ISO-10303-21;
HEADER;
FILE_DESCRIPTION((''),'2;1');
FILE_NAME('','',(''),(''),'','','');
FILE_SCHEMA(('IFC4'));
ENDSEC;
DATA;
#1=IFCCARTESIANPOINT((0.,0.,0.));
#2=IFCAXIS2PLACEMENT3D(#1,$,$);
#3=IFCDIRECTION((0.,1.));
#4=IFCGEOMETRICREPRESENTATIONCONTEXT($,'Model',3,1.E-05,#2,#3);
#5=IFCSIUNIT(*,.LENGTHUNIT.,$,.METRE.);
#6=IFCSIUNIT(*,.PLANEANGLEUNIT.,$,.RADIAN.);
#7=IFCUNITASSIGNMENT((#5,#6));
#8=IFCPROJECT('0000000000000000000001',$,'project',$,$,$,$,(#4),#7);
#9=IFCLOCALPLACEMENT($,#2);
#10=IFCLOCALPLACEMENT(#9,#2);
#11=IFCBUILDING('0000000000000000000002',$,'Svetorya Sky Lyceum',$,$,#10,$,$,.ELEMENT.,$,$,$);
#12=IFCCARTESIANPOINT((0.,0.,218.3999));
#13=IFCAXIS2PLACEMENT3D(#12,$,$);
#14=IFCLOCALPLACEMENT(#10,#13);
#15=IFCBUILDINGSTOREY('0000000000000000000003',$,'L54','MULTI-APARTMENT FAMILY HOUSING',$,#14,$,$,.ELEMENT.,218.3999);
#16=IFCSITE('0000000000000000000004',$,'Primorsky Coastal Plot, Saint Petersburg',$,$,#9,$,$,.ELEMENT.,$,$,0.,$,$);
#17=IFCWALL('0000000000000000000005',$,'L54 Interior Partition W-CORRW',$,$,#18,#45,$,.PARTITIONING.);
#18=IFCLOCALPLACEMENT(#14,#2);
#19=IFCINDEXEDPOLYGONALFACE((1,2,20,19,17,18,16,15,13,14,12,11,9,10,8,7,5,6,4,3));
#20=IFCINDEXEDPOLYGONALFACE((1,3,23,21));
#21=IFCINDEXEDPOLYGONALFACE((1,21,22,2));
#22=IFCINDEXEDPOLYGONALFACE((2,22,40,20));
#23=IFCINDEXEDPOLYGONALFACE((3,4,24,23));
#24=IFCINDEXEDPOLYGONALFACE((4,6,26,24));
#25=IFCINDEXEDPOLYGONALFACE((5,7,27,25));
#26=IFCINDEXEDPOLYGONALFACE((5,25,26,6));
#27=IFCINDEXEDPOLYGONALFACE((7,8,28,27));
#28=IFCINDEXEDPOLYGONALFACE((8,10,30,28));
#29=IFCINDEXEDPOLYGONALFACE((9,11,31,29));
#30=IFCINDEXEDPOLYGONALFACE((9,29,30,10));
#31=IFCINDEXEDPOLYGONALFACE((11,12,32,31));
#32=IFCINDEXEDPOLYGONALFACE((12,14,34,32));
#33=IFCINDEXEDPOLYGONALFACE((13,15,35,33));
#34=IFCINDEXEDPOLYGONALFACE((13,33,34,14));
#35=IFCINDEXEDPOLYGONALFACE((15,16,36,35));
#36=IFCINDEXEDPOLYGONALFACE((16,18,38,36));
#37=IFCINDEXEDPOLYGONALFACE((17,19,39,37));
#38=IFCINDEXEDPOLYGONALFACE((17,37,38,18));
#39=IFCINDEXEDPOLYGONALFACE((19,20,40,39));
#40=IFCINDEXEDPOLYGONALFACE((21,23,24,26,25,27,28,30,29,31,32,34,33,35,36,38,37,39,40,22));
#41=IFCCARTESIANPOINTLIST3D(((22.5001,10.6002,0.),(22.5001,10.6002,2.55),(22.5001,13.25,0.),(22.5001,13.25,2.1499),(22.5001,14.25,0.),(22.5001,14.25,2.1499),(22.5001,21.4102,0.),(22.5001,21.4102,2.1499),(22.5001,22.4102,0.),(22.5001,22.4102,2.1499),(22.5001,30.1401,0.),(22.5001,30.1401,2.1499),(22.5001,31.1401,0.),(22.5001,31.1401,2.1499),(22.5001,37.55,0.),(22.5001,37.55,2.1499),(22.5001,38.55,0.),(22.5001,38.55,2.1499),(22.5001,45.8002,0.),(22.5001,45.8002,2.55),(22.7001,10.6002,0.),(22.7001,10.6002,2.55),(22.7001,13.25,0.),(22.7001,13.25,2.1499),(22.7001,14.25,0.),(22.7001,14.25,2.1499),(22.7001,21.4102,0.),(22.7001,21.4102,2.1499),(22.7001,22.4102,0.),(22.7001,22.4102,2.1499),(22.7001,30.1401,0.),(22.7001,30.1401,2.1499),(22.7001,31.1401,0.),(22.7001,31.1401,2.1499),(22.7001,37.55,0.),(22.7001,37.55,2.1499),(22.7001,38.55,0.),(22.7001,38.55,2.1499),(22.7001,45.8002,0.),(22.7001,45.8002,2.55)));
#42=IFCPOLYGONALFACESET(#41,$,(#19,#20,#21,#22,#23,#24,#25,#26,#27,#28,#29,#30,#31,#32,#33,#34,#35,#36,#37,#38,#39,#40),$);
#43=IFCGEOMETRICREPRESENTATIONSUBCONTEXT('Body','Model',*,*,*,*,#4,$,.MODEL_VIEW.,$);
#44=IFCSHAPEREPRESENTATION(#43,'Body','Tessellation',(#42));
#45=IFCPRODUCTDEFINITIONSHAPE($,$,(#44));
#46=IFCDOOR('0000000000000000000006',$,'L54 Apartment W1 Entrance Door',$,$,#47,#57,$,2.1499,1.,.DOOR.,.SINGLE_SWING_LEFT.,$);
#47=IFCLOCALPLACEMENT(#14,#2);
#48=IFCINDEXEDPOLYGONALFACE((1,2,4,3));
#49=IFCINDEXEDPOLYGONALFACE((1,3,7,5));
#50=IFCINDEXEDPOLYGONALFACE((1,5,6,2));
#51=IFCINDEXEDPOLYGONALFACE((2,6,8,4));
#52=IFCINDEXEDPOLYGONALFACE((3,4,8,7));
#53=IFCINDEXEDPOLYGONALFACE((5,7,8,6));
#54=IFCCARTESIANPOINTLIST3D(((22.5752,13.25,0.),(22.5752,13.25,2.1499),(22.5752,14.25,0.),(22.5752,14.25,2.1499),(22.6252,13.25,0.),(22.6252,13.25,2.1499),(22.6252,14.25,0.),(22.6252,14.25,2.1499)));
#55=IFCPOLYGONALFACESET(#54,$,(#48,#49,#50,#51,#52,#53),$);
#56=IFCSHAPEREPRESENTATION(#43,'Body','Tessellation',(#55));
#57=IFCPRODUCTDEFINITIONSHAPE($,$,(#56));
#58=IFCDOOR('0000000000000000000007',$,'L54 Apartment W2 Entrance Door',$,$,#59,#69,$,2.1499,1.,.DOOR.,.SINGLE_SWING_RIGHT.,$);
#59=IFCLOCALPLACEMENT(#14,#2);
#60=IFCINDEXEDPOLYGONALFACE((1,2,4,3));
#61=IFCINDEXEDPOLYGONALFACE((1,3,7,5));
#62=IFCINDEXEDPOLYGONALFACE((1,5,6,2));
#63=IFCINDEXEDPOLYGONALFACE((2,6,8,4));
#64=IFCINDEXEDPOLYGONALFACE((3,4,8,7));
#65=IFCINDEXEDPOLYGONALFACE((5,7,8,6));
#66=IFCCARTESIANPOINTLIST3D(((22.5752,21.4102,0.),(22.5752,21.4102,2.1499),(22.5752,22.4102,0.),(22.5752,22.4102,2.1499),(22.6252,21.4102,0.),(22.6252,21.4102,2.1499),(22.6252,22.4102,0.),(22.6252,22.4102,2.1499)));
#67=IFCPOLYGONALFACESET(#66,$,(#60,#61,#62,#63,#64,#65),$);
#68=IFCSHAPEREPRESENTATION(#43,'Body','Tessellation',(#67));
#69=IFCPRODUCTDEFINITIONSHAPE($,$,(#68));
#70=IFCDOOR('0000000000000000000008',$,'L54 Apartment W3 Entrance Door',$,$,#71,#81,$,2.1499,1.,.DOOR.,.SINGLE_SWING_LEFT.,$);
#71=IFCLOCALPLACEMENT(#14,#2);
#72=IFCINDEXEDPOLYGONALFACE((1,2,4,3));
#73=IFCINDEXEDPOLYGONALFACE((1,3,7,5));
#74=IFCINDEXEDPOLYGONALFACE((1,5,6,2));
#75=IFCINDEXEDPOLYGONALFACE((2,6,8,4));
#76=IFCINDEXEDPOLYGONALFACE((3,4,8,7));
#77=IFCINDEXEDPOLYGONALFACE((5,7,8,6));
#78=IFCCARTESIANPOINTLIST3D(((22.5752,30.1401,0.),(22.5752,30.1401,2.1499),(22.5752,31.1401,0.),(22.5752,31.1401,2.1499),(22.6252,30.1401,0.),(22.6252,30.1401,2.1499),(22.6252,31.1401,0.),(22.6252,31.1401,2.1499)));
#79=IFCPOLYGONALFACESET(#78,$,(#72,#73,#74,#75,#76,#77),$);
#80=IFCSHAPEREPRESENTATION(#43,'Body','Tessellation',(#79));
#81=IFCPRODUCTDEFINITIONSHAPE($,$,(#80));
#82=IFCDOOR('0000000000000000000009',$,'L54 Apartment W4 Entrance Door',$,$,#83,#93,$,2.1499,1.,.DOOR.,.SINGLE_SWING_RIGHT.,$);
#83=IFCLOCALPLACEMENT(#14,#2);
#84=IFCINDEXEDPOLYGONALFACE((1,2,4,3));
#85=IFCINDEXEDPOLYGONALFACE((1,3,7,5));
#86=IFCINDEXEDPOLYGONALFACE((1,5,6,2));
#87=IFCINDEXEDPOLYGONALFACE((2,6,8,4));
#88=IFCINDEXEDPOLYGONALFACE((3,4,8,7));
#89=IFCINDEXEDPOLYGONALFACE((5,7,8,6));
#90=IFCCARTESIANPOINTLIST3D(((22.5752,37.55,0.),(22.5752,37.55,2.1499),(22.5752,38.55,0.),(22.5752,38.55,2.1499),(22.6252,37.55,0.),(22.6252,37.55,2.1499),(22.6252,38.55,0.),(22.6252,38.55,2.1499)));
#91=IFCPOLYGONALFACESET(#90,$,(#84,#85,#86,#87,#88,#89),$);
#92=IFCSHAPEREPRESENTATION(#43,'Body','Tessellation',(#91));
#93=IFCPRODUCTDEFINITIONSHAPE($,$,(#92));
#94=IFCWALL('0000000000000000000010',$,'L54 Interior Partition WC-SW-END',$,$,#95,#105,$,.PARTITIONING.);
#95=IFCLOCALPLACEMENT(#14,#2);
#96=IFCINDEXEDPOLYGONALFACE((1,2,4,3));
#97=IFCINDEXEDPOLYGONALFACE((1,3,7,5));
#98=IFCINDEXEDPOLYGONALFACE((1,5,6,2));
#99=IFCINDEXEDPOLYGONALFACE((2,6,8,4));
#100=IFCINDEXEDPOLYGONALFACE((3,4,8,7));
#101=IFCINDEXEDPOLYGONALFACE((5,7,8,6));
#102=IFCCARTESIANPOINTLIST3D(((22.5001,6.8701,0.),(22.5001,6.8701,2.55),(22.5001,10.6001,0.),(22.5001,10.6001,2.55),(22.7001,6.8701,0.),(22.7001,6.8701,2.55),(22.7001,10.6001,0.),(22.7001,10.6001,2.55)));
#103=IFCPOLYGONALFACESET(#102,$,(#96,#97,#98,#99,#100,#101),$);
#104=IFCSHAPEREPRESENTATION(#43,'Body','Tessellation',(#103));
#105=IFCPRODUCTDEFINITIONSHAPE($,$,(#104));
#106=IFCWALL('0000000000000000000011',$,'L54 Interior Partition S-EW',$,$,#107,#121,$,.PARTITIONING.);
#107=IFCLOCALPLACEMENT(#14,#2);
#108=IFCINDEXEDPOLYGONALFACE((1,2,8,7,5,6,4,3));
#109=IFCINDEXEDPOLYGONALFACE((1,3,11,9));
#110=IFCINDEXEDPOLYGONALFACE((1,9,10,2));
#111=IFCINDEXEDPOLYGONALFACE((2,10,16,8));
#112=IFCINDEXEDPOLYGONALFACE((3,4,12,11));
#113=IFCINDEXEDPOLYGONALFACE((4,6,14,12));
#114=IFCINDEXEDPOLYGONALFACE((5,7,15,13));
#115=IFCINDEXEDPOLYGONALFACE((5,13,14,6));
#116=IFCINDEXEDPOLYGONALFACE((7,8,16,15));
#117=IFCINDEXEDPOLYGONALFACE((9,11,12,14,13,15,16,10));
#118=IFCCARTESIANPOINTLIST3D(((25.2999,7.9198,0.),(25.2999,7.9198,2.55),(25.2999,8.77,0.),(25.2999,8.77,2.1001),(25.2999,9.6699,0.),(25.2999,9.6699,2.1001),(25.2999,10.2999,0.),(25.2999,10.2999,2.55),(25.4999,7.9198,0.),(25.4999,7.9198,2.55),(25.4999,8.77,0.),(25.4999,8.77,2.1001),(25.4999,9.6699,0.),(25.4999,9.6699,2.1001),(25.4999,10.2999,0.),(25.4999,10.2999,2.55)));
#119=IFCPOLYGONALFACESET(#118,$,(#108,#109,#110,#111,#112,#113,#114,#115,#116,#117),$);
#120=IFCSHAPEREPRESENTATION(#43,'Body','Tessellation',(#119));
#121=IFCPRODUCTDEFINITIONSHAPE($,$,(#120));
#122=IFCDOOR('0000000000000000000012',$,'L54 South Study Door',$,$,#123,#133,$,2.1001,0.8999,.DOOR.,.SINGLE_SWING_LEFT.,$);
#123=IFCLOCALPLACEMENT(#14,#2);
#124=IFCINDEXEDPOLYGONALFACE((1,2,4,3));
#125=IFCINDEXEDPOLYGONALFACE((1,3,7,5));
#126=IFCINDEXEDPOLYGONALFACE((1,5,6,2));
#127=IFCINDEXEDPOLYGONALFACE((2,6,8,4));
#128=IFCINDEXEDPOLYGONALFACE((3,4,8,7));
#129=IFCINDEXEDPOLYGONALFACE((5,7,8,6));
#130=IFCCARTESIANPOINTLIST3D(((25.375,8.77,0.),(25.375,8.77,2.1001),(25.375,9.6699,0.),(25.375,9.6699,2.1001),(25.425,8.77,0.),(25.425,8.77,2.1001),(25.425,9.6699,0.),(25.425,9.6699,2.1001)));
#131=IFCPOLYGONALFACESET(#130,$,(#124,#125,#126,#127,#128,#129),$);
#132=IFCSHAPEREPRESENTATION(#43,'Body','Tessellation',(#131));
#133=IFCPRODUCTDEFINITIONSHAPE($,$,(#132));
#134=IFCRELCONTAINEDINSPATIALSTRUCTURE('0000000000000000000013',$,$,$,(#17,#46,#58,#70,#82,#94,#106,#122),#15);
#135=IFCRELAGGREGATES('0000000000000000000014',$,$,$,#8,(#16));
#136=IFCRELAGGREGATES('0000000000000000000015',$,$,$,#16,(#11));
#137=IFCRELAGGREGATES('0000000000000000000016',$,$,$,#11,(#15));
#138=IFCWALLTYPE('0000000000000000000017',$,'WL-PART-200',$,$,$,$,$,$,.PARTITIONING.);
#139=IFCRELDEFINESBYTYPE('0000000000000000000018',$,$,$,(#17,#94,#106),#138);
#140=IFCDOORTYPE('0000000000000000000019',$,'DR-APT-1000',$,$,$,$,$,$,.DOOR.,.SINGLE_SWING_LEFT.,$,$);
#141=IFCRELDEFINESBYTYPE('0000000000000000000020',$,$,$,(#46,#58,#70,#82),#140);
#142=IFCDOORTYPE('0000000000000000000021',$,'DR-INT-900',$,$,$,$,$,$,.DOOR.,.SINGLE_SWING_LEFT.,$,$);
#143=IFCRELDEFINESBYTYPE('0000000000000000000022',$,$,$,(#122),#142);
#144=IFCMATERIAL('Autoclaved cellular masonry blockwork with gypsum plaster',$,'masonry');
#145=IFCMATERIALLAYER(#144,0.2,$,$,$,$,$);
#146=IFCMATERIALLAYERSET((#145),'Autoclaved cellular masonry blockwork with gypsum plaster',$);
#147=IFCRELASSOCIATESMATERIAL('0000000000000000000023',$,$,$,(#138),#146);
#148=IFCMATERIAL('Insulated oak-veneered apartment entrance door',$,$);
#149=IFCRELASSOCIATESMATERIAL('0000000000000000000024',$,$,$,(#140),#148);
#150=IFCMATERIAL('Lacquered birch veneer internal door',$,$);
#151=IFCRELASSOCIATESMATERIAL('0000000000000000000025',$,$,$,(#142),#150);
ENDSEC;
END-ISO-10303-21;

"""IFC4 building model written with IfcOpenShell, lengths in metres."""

from ifc_helpers import new_model, si_unit, direction, frame, frame_2d, origin, place, context, subcontext, project, spatial, rectangle, extrude, material, layer, layer_set, type_object, element, fill, save


model = new_model("IFC4")

# Units and contexts
model_context = context("Model", 3, precision=1e-05, world=origin(), true_north=direction((0.0, 1.0)))
body_context = subcontext(model_context, "Body", "Model", "MODEL_VIEW")
ifc_project = project(units=[si_unit("LENGTHUNIT", "METRE"), si_unit("PLANEANGLEUNIT", "RADIAN")], contexts=[model_context])

# Site, building, storey
site_placement = place(None, origin())
site = spatial("IfcSite", under=ifc_project, at=site_placement, Name="Primorsky Coastal Plot, Saint Petersburg", CompositionType="ELEMENT", RefElevation=0.0)
building_placement = place(site_placement, origin())
building = spatial("IfcBuilding", under=site, at=building_placement, Name="Svetorya Sky Lyceum", CompositionType="ELEMENT")
storey_placement = place(building_placement, frame((0.0, 0.0, 218.3999)))
storey = spatial("IfcBuildingStorey", under=building, at=storey_placement, Name="L54", Description="MULTI-APARTMENT FAMILY HOUSING", CompositionType="ELEMENT", Elevation=218.3999)

# Wall, openings, doors
ifc_material_1 = material(Name="Autoclaved cellular masonry blockwork with gypsum plaster", Category="masonry")
ifc_layer_1 = layer(ifc_material_1, 0.2)
ifc_layer_set_1 = layer_set([ifc_layer_1], Name="Autoclaved cellular masonry blockwork with gypsum plaster")
wall_type_1 = type_object("IfcWallType", Name="WL-PART-200", PredefinedType="PARTITIONING", material=ifc_layer_set_1)
wall_1_placement = place(storey_placement, frame((22.6001, 10.6001, 0.0), z_axis=(0.0, 0.0, 1.0), x_axis=(0.0, 1.0, 0.0)))
wall_1 = element("IfcWall", 1, at=wall_1_placement, inside=storey, type_object=wall_type_1, Name="L54 Interior Partition W-CORRW", PredefinedType="PARTITIONING", context=body_context, shape_type="SweptSolid", body=[
    extrude(rectangle(XDim=35.2, YDim=0.2, at=frame_2d((17.6001, 0.0))), origin(), (0.0, 0.0, 1.0), 2.55),
])
opening_1_placement = place(wall_1_placement, frame((2.6499, 0.0, 0.0)))
opening_1 = element("IfcOpeningElement", 2, at=opening_1_placement, cuts=wall_1, PredefinedType="OPENING", context=body_context, shape_type="SweptSolid", body=[
    extrude(rectangle(XDim=1.0, YDim=2.1499, at=frame_2d((0.5, 1.075))), frame((0.0, 0.1099, 0.0), z_axis=(0.0, -1.0, 0.0), x_axis=(1.0, 0.0, 0.0)), (0.0, 0.0, 1.0), 0.22),
])
opening_2_placement = place(wall_1_placement, frame((10.8101, 0.0, 0.0)))
opening_2 = element("IfcOpeningElement", 3, at=opening_2_placement, cuts=wall_1, PredefinedType="OPENING", context=body_context, shape_type="SweptSolid", body=[
    extrude(rectangle(XDim=1.0, YDim=2.1499, at=frame_2d((0.5, 1.075))), frame((0.0, 0.1099, 0.0), z_axis=(0.0, -1.0, 0.0), x_axis=(1.0, 0.0, 0.0)), (0.0, 0.0, 1.0), 0.22),
])
opening_3_placement = place(wall_1_placement, frame((19.54, 0.0, 0.0)))
opening_3 = element("IfcOpeningElement", 4, at=opening_3_placement, cuts=wall_1, PredefinedType="OPENING", context=body_context, shape_type="SweptSolid", body=[
    extrude(rectangle(XDim=1.0, YDim=2.1499, at=frame_2d((0.5, 1.075))), frame((0.0, 0.1099, 0.0), z_axis=(0.0, -1.0, 0.0), x_axis=(1.0, 0.0, 0.0)), (0.0, 0.0, 1.0), 0.22),
])
opening_4_placement = place(wall_1_placement, frame((26.95, 0.0, 0.0)))
opening_4 = element("IfcOpeningElement", 5, at=opening_4_placement, cuts=wall_1, PredefinedType="OPENING", context=body_context, shape_type="SweptSolid", body=[
    extrude(rectangle(XDim=1.0, YDim=2.1499, at=frame_2d((0.5, 1.075))), frame((0.0, 0.1099, 0.0), z_axis=(0.0, -1.0, 0.0), x_axis=(1.0, 0.0, 0.0)), (0.0, 0.0, 1.0), 0.22),
])
ifc_material_2 = material(Name="Insulated oak-veneered apartment entrance door")
door_type_1 = type_object("IfcDoorType", Name="DR-APT-1000", OperationType="SINGLE_SWING_LEFT", PredefinedType="DOOR", material=ifc_material_2)
door_1_placement = place(opening_1_placement, origin())
door_1 = element("IfcDoor", 6, at=door_1_placement, inside=storey, type_object=door_type_1, Name="L54 Apartment W1 Entrance Door", OperationType="SINGLE_SWING_LEFT", OverallHeight=2.1499, OverallWidth=1.0, PredefinedType="DOOR", context=body_context, shape_type="SweptSolid", body=[
    extrude(rectangle(XDim=1.0, YDim=2.1499, at=frame_2d((0.5, 1.075))), frame((0.0, 0.0249, 0.0), z_axis=(0.0, -1.0, 0.0), x_axis=(1.0, 0.0, 0.0)), (0.0, 0.0, 1.0), 0.05),
])
fill(opening_1, door_1)
door_2_placement = place(opening_2_placement, origin())
door_2 = element("IfcDoor", 7, at=door_2_placement, inside=storey, type_object=door_type_1, Name="L54 Apartment W2 Entrance Door", OperationType="SINGLE_SWING_RIGHT", OverallHeight=2.1499, OverallWidth=1.0, PredefinedType="DOOR", context=body_context, shape_type="SweptSolid", body=[
    extrude(rectangle(XDim=1.0, YDim=2.1499, at=frame_2d((0.5, 1.075))), frame((0.0, 0.0249, 0.0), z_axis=(0.0, -1.0, 0.0), x_axis=(1.0, 0.0, 0.0)), (0.0, 0.0, 1.0), 0.05),
])
fill(opening_2, door_2)
door_3_placement = place(opening_3_placement, origin())
door_3 = element("IfcDoor", 8, at=door_3_placement, inside=storey, type_object=door_type_1, Name="L54 Apartment W3 Entrance Door", OperationType="SINGLE_SWING_LEFT", OverallHeight=2.1499, OverallWidth=1.0, PredefinedType="DOOR", context=body_context, shape_type="SweptSolid", body=[
    extrude(rectangle(XDim=1.0, YDim=2.1499, at=frame_2d((0.5, 1.075))), frame((0.0, 0.0249, 0.0), z_axis=(0.0, -1.0, 0.0), x_axis=(1.0, 0.0, 0.0)), (0.0, 0.0, 1.0), 0.05),
])
fill(opening_3, door_3)
door_4_placement = place(opening_4_placement, origin())
door_4 = element("IfcDoor", 9, at=door_4_placement, inside=storey, type_object=door_type_1, Name="L54 Apartment W4 Entrance Door", OperationType="SINGLE_SWING_RIGHT", OverallHeight=2.1499, OverallWidth=1.0, PredefinedType="DOOR", context=body_context, shape_type="SweptSolid", body=[
    extrude(rectangle(XDim=1.0, YDim=2.1499, at=frame_2d((0.5, 1.075))), frame((0.0, 0.0249, 0.0), z_axis=(0.0, -1.0, 0.0), x_axis=(1.0, 0.0, 0.0)), (0.0, 0.0, 1.0), 0.05),
])
fill(opening_4, door_4)

# Wall
wall_2_placement = place(storey_placement, frame((22.6001, 6.8701, 0.0), z_axis=(0.0, 0.0, 1.0), x_axis=(0.0, 1.0, 0.0)))
element("IfcWall", 10, at=wall_2_placement, inside=storey, type_object=wall_type_1, Name="L54 Interior Partition WC-SW-END", PredefinedType="PARTITIONING", context=body_context, shape_type="SweptSolid", body=[
    extrude(rectangle(XDim=3.73, YDim=0.2, at=frame_2d((1.865, 0.0))), origin(), (0.0, 0.0, 1.0), 2.55),
])

# Wall, opening, door
wall_3_placement = place(storey_placement, frame((25.3999, 7.9199, 0.0), z_axis=(0.0, 0.0, 1.0), x_axis=(0.0, 1.0, 0.0)))
wall_3 = element("IfcWall", 11, at=wall_3_placement, inside=storey, type_object=wall_type_1, Name="L54 Interior Partition S-EW", PredefinedType="PARTITIONING", context=body_context, shape_type="SweptSolid", body=[
    extrude(rectangle(XDim=2.3801, YDim=0.2, at=frame_2d((1.1899, 0.0))), origin(), (0.0, 0.0, 1.0), 2.55),
])
opening_5_placement = place(wall_3_placement, frame((0.8501, 0.0, 0.0)))
opening_5 = element("IfcOpeningElement", 12, at=opening_5_placement, cuts=wall_3, PredefinedType="OPENING", context=body_context, shape_type="SweptSolid", body=[
    extrude(rectangle(XDim=0.8999, YDim=2.1001, at=frame_2d((0.45, 1.05))), frame((0.0, 0.1099, 0.0), z_axis=(0.0, -1.0, 0.0), x_axis=(1.0, 0.0, 0.0)), (0.0, 0.0, 1.0), 0.22),
])
ifc_material_3 = material(Name="Lacquered birch veneer internal door")
door_type_2 = type_object("IfcDoorType", Name="DR-INT-900", OperationType="SINGLE_SWING_LEFT", PredefinedType="DOOR", material=ifc_material_3)
door_5_placement = place(opening_5_placement, origin())
door_5 = element("IfcDoor", 13, at=door_5_placement, inside=storey, type_object=door_type_2, Name="L54 South Study Door", OperationType="SINGLE_SWING_LEFT", OverallHeight=2.1001, OverallWidth=0.8999, PredefinedType="DOOR", context=body_context, shape_type="SweptSolid", body=[
    extrude(rectangle(XDim=0.8999, YDim=2.1001, at=frame_2d((0.45, 1.05))), frame((0.0, 0.0249, 0.0), z_axis=(0.0, -1.0, 0.0), x_axis=(1.0, 0.0, 0.0)), (0.0, 0.0, 1.0), 0.05),
])
fill(opening_5, door_5)

save(model, "model.ifc")
